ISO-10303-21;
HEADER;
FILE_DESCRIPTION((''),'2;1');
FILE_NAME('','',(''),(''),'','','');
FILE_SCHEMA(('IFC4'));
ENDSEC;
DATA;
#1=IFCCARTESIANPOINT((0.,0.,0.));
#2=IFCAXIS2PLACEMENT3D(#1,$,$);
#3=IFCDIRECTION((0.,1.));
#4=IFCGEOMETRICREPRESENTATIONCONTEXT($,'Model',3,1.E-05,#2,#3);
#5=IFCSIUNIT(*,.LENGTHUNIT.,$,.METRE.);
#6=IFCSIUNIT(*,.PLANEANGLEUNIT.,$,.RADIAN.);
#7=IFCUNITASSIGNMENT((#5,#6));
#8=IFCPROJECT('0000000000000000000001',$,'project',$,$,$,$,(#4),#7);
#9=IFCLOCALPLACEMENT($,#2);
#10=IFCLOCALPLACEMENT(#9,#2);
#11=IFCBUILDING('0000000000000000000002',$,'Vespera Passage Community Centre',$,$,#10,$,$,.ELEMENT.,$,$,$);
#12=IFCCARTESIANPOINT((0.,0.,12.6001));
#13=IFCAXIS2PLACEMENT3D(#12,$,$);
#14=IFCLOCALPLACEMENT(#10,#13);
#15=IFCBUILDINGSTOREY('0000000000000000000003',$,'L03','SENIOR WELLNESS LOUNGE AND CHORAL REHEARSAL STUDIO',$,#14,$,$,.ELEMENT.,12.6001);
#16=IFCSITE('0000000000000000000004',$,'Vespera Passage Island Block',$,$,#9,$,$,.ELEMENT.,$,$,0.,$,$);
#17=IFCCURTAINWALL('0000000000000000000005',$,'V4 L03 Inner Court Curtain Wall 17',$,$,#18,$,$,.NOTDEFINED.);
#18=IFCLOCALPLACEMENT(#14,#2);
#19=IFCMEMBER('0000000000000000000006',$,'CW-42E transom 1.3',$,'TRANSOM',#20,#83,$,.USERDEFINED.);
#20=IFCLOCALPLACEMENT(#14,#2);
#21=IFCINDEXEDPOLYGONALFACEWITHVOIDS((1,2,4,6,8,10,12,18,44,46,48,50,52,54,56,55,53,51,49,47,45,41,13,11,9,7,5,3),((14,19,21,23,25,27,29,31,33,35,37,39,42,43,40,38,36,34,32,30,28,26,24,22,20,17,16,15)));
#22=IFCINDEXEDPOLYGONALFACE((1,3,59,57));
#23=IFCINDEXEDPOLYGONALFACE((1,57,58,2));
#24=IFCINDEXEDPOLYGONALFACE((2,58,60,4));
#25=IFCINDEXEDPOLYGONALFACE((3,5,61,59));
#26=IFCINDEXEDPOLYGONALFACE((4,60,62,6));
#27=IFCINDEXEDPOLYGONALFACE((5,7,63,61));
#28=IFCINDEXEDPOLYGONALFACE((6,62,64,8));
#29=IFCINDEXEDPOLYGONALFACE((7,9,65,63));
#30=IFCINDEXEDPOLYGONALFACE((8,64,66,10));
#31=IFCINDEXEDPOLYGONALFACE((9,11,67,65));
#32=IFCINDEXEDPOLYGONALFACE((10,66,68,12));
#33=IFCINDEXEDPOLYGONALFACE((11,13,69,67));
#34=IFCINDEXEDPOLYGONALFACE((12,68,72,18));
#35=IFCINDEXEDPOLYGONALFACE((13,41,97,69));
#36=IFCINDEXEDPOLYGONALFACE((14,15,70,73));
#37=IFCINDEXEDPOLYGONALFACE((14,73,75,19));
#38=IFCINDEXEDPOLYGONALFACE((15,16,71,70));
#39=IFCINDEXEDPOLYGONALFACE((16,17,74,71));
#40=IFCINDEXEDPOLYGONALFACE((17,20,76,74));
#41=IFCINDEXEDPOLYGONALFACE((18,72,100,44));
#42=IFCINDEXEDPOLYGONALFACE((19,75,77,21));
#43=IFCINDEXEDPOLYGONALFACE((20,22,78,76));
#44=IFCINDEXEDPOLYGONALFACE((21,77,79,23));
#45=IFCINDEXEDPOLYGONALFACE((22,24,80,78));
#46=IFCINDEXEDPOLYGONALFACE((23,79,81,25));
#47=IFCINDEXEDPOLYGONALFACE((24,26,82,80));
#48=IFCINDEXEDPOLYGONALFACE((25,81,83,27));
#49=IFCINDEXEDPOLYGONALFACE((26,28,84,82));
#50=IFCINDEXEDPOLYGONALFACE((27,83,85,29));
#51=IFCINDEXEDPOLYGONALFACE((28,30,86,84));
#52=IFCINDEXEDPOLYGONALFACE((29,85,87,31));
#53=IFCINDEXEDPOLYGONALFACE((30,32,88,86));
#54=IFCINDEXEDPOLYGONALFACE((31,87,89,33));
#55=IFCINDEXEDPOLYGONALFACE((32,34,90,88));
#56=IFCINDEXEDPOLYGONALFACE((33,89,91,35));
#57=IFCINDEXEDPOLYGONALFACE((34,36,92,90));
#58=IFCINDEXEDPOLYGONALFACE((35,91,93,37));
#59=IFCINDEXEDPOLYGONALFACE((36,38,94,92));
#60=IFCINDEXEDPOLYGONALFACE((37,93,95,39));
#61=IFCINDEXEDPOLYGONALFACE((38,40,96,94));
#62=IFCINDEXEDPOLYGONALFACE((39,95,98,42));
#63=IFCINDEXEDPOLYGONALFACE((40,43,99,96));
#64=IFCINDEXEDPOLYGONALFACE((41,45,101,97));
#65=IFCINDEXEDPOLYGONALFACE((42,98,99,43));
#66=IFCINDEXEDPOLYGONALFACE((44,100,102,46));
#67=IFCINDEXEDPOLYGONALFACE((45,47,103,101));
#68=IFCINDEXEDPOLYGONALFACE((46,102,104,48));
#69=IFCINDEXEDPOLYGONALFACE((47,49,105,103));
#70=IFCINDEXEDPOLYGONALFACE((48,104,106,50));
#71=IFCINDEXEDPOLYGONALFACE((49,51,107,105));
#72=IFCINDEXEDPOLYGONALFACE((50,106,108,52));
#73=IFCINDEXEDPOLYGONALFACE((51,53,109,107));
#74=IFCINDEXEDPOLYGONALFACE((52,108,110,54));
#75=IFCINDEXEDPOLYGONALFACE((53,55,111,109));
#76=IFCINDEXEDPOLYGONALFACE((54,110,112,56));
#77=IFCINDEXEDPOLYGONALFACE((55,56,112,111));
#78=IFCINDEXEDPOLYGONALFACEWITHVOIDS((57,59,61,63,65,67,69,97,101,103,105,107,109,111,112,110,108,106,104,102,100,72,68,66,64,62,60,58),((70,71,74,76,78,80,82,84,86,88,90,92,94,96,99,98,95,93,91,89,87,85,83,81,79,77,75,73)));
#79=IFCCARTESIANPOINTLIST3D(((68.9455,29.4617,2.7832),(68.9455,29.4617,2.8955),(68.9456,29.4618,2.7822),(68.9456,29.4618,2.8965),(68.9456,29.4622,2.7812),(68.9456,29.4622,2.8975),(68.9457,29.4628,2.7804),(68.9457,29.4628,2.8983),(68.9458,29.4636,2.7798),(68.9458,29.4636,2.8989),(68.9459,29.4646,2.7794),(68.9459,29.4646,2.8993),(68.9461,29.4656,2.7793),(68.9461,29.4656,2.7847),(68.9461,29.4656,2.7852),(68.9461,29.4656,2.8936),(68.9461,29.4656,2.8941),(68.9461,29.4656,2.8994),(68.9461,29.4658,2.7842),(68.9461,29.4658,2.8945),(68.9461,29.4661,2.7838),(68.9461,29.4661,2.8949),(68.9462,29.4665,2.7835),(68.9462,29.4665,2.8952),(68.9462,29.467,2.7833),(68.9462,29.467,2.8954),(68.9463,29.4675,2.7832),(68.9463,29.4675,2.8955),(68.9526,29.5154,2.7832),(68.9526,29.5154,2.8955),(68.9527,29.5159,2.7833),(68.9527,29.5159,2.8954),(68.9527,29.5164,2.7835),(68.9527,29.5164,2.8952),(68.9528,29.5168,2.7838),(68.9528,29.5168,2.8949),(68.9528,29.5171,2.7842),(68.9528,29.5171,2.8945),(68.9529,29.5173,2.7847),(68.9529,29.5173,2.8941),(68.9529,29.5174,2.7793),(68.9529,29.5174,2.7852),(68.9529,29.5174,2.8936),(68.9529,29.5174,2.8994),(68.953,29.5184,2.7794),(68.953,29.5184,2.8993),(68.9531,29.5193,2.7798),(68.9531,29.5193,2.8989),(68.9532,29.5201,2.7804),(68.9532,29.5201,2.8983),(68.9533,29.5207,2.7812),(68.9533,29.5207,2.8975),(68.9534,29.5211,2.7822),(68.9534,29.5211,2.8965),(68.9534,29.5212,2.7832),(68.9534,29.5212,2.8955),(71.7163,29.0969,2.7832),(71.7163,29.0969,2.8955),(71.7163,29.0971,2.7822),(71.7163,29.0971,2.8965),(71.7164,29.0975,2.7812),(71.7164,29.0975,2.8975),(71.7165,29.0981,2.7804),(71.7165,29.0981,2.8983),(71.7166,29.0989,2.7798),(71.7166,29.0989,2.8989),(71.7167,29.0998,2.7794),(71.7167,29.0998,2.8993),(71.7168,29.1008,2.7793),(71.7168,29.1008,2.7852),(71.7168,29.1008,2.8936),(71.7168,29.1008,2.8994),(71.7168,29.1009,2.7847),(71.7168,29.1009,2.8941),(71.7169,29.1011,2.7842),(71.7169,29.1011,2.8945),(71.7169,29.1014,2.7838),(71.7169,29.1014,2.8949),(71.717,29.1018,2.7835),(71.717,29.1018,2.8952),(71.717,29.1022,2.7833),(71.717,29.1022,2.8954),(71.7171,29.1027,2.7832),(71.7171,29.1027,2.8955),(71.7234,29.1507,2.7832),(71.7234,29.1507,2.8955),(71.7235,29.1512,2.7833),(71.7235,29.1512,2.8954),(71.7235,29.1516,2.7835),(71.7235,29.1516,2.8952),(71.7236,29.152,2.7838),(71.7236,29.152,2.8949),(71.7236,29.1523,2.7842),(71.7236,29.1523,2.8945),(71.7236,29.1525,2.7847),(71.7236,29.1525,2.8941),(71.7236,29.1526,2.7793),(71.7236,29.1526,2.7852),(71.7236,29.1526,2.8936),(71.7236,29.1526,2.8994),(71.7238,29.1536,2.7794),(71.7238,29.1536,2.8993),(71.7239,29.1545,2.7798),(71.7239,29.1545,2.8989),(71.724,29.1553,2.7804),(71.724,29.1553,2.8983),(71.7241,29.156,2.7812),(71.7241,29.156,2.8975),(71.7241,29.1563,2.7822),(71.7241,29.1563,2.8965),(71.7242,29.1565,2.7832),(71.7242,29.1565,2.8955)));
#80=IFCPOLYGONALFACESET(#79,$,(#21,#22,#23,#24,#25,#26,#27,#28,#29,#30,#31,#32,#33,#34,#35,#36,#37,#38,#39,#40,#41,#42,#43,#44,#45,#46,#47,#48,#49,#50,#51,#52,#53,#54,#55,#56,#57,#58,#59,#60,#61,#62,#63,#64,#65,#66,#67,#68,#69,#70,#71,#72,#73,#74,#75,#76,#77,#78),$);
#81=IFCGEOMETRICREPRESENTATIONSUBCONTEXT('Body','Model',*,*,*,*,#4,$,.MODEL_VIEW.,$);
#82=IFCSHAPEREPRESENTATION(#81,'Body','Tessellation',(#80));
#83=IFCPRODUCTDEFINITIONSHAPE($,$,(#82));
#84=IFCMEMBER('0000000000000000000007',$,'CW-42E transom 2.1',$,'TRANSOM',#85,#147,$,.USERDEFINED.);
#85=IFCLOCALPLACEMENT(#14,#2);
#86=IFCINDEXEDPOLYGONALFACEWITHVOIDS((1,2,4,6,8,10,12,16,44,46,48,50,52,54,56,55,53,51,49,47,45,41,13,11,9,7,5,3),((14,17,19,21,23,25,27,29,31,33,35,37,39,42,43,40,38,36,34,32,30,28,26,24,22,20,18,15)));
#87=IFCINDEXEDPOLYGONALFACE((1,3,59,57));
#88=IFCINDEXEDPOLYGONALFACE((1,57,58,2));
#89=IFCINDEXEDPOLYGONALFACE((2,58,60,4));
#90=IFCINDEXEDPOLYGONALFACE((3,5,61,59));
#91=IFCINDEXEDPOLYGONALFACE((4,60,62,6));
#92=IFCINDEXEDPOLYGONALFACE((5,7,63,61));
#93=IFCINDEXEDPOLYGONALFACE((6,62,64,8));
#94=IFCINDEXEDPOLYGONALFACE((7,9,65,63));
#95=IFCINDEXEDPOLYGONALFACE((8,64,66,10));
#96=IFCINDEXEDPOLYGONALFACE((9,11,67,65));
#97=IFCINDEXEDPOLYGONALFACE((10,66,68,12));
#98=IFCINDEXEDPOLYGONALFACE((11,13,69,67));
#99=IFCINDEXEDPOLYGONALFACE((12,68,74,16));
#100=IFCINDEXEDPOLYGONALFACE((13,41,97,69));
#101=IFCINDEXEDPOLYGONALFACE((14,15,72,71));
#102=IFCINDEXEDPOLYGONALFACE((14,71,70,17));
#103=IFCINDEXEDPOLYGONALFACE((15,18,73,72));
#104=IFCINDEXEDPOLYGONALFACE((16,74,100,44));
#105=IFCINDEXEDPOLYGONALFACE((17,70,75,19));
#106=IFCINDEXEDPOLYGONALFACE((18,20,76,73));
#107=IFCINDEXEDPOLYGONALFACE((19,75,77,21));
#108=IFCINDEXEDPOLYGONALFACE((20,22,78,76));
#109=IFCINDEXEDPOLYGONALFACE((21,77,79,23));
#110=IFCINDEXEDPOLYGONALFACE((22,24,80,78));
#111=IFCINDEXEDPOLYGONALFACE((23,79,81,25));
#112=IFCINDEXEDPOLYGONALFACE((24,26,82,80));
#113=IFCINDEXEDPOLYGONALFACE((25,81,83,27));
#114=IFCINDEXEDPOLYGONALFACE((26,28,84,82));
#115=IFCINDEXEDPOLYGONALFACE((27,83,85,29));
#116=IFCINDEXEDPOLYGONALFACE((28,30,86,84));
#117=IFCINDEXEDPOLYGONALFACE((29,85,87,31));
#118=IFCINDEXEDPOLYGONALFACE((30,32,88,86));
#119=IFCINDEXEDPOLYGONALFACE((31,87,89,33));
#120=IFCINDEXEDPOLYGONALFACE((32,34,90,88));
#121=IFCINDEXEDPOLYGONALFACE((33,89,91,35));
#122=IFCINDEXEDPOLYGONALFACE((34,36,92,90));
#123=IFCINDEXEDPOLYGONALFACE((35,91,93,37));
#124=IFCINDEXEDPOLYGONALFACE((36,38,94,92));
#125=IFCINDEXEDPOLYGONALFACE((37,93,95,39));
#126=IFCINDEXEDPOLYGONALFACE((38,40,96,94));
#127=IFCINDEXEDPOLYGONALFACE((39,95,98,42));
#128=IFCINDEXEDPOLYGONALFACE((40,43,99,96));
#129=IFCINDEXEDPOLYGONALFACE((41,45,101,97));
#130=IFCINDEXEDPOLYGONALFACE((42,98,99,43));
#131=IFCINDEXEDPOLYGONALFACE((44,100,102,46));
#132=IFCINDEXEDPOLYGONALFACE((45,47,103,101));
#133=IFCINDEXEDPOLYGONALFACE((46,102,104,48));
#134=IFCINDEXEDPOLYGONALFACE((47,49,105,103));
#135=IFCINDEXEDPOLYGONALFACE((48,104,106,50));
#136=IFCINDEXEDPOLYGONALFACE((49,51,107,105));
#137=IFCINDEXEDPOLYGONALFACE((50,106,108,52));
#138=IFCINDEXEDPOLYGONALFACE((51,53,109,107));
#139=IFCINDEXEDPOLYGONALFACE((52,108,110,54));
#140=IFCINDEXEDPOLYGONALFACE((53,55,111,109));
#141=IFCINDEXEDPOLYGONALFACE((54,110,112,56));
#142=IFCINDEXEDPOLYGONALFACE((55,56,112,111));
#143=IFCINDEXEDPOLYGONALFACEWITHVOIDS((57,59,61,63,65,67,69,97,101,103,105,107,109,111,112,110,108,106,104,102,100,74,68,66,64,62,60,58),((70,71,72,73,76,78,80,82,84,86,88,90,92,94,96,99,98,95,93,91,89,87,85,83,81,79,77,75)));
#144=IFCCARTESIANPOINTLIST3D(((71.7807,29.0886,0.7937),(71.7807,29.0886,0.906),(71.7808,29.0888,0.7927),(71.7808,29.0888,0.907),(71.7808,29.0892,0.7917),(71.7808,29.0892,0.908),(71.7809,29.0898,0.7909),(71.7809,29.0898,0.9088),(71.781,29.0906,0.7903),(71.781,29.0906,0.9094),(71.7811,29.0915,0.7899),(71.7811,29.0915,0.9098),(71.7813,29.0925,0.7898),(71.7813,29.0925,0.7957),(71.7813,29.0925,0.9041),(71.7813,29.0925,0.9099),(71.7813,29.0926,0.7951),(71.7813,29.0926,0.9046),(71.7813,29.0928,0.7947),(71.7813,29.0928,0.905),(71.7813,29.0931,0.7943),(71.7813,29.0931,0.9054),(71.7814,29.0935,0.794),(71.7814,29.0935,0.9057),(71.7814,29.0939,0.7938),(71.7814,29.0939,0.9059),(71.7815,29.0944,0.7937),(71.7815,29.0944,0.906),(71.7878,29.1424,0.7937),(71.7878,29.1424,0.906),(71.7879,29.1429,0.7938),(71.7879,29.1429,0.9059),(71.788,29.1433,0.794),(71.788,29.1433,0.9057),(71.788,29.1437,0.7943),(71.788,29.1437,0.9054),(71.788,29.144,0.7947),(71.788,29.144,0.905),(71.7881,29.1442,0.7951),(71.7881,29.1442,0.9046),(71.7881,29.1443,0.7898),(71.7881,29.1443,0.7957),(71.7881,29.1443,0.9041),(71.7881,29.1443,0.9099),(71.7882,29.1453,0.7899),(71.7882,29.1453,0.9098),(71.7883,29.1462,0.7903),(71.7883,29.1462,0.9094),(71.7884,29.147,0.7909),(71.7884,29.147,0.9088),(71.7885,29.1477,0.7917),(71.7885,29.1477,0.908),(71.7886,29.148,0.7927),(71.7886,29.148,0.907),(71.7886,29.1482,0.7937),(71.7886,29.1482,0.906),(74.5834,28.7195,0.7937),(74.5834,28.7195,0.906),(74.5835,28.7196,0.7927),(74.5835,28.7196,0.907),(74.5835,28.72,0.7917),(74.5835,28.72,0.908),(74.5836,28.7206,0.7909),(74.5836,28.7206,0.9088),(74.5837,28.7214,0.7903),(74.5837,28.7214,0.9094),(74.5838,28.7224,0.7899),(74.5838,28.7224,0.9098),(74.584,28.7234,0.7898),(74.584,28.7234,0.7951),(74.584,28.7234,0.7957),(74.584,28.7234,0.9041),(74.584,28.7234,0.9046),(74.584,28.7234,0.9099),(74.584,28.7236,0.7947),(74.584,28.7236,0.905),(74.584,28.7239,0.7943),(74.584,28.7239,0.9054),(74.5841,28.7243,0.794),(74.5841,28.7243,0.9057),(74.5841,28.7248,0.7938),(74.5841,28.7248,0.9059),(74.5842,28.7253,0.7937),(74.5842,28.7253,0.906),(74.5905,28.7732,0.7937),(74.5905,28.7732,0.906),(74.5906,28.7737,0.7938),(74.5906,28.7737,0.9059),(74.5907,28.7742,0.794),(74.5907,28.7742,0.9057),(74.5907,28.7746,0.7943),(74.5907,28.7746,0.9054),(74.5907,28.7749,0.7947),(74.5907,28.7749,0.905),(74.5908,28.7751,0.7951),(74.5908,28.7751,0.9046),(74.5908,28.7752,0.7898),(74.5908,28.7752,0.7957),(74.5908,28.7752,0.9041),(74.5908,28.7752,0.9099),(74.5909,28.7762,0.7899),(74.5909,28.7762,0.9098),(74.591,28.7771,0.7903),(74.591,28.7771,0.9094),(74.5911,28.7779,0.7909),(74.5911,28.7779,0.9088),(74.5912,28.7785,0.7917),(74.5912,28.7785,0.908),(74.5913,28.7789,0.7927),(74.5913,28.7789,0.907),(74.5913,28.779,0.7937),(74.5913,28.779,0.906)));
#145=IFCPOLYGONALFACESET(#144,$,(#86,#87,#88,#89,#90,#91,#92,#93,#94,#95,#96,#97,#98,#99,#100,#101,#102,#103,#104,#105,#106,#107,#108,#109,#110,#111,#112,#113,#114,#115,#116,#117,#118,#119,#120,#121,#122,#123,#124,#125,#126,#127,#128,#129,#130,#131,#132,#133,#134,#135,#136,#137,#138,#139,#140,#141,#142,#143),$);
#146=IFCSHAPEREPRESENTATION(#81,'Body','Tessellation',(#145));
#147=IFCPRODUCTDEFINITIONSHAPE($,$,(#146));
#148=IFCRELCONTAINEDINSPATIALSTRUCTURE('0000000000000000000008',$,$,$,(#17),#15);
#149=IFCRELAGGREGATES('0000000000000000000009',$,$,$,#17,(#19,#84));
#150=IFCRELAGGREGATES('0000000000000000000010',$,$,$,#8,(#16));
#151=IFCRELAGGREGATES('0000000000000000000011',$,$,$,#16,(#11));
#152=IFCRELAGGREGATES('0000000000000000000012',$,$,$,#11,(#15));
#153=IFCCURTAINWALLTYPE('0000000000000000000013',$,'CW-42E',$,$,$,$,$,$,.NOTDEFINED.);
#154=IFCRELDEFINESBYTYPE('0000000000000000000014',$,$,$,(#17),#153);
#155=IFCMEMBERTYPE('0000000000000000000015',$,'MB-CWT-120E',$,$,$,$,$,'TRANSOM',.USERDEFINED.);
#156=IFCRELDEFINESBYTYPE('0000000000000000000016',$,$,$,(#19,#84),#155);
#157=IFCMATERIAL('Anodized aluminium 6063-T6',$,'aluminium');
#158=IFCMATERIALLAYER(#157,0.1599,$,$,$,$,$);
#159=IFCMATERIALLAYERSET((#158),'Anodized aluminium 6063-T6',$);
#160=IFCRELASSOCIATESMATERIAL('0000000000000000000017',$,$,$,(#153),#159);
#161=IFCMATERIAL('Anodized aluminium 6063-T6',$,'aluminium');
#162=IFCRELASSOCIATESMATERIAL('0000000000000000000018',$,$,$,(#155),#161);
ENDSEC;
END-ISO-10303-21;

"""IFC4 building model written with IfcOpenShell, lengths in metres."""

from ifc_helpers import new_model, si_unit, direction, frame, origin, origin_2d, place, context, subcontext, project, spatial, hollow_rectangle, extrude, material, layer, layer_set, material_profile, profile_set, type_object, element, aggregate, save


model = new_model("IFC4")

# Units and contexts
model_context = context("Model", 3, precision=1e-05, world=origin(), true_north=direction((0.0, 1.0)))
body_context = subcontext(model_context, "Body", "Model", "MODEL_VIEW")
ifc_project = project(units=[si_unit("LENGTHUNIT", "METRE"), si_unit("PLANEANGLEUNIT", "RADIAN")], contexts=[model_context])

# Site, building, storey
site_placement = place(None, origin())
site = spatial("IfcSite", under=ifc_project, at=site_placement, Name="Vespera Passage Island Block", CompositionType="ELEMENT", RefElevation=0.0)
building_placement = place(site_placement, origin())
building = spatial("IfcBuilding", under=site, at=building_placement, Name="Vespera Passage Community Centre", CompositionType="ELEMENT")
storey_placement = place(building_placement, frame((0.0, 0.0, 12.6001)))
storey = spatial("IfcBuildingStorey", under=building, at=storey_placement, Name="L03", Description="SENIOR WELLNESS LOUNGE AND CHORAL REHEARSAL STUDIO", CompositionType="ELEMENT", Elevation=12.6001)

# Curtain wall
ifc_material_1 = material(Name="Anodized aluminium 6063-T6", Category="aluminium")
ifc_layer_1 = layer(ifc_material_1, 0.1599)
ifc_layer_set_1 = layer_set([ifc_layer_1], Name="Anodized aluminium 6063-T6")
curtain_wall_type_1 = type_object("IfcCurtainWallType", Name="CW-42E", PredefinedType="NOTDEFINED", material=ifc_layer_set_1)
curtain_wall_1_placement = place(storey_placement, origin())
curtain_wall_1 = element("IfcCurtainWall", 1, at=curtain_wall_1_placement, inside=storey, type_object=curtain_wall_type_1, Name="V4 L03 Inner Court Curtain Wall 17", PredefinedType="NOTDEFINED")

# Members
ifc_material_2 = material(Name="Anodized aluminium 6063-T6", Category="aluminium")
ifc_material_profile_1 = material_profile(ifc_material_2, hollow_rectangle(XDim=0.0601, YDim=0.1201, WallThickness=0.0039, InnerFilletRadius=0.002, OuterFilletRadius=0.0039, at=origin_2d()), Name="ALU120X60X4")
ifc_profile_set_1 = profile_set([ifc_material_profile_1], Name="Anodized aluminium 6063-T6")
member_type_1 = type_object("IfcMemberType", Name="MB-CWT-120E", ElementType="TRANSOM", PredefinedType="USERDEFINED", material=ifc_profile_set_1)
member_1_placement = place(storey_placement, frame((68.9495, 29.4915, 2.8394), z_axis=(0.991446, -0.130516, 0.0), x_axis=(0.130516, 0.991446, 0.0)))
member_1 = element("IfcMember", 2, at=member_1_placement, type_object=member_type_1, Name="CW-42E transom 1.3", ObjectType="TRANSOM", PredefinedType="USERDEFINED", context=body_context, shape_type="SweptSolid", body=[
    extrude(hollow_rectangle(XDim=0.0601, YDim=0.1201, WallThickness=0.0039, InnerFilletRadius=0.002, OuterFilletRadius=0.0039, at=origin_2d()), origin(), (0.0, 0.0, 1.0), 2.7947),
])
member_2_placement = place(storey_placement, frame((71.7847, 29.1184, 0.8499), z_axis=(0.991438, -0.13058, 0.0), x_axis=(0.13058, 0.991438, 0.0)))
member_2 = element("IfcMember", 3, at=member_2_placement, type_object=member_type_1, Name="CW-42E transom 2.1", ObjectType="TRANSOM", PredefinedType="USERDEFINED", context=body_context, shape_type="SweptSolid", body=[
    extrude(hollow_rectangle(XDim=0.0601, YDim=0.1201, WallThickness=0.0039, InnerFilletRadius=0.002, OuterFilletRadius=0.0039, at=origin_2d()), origin(), (0.0, 0.0, 1.0), 2.8269),
])

aggregate(curtain_wall_1, [member_1, member_2])

save(model, "model.ifc")
